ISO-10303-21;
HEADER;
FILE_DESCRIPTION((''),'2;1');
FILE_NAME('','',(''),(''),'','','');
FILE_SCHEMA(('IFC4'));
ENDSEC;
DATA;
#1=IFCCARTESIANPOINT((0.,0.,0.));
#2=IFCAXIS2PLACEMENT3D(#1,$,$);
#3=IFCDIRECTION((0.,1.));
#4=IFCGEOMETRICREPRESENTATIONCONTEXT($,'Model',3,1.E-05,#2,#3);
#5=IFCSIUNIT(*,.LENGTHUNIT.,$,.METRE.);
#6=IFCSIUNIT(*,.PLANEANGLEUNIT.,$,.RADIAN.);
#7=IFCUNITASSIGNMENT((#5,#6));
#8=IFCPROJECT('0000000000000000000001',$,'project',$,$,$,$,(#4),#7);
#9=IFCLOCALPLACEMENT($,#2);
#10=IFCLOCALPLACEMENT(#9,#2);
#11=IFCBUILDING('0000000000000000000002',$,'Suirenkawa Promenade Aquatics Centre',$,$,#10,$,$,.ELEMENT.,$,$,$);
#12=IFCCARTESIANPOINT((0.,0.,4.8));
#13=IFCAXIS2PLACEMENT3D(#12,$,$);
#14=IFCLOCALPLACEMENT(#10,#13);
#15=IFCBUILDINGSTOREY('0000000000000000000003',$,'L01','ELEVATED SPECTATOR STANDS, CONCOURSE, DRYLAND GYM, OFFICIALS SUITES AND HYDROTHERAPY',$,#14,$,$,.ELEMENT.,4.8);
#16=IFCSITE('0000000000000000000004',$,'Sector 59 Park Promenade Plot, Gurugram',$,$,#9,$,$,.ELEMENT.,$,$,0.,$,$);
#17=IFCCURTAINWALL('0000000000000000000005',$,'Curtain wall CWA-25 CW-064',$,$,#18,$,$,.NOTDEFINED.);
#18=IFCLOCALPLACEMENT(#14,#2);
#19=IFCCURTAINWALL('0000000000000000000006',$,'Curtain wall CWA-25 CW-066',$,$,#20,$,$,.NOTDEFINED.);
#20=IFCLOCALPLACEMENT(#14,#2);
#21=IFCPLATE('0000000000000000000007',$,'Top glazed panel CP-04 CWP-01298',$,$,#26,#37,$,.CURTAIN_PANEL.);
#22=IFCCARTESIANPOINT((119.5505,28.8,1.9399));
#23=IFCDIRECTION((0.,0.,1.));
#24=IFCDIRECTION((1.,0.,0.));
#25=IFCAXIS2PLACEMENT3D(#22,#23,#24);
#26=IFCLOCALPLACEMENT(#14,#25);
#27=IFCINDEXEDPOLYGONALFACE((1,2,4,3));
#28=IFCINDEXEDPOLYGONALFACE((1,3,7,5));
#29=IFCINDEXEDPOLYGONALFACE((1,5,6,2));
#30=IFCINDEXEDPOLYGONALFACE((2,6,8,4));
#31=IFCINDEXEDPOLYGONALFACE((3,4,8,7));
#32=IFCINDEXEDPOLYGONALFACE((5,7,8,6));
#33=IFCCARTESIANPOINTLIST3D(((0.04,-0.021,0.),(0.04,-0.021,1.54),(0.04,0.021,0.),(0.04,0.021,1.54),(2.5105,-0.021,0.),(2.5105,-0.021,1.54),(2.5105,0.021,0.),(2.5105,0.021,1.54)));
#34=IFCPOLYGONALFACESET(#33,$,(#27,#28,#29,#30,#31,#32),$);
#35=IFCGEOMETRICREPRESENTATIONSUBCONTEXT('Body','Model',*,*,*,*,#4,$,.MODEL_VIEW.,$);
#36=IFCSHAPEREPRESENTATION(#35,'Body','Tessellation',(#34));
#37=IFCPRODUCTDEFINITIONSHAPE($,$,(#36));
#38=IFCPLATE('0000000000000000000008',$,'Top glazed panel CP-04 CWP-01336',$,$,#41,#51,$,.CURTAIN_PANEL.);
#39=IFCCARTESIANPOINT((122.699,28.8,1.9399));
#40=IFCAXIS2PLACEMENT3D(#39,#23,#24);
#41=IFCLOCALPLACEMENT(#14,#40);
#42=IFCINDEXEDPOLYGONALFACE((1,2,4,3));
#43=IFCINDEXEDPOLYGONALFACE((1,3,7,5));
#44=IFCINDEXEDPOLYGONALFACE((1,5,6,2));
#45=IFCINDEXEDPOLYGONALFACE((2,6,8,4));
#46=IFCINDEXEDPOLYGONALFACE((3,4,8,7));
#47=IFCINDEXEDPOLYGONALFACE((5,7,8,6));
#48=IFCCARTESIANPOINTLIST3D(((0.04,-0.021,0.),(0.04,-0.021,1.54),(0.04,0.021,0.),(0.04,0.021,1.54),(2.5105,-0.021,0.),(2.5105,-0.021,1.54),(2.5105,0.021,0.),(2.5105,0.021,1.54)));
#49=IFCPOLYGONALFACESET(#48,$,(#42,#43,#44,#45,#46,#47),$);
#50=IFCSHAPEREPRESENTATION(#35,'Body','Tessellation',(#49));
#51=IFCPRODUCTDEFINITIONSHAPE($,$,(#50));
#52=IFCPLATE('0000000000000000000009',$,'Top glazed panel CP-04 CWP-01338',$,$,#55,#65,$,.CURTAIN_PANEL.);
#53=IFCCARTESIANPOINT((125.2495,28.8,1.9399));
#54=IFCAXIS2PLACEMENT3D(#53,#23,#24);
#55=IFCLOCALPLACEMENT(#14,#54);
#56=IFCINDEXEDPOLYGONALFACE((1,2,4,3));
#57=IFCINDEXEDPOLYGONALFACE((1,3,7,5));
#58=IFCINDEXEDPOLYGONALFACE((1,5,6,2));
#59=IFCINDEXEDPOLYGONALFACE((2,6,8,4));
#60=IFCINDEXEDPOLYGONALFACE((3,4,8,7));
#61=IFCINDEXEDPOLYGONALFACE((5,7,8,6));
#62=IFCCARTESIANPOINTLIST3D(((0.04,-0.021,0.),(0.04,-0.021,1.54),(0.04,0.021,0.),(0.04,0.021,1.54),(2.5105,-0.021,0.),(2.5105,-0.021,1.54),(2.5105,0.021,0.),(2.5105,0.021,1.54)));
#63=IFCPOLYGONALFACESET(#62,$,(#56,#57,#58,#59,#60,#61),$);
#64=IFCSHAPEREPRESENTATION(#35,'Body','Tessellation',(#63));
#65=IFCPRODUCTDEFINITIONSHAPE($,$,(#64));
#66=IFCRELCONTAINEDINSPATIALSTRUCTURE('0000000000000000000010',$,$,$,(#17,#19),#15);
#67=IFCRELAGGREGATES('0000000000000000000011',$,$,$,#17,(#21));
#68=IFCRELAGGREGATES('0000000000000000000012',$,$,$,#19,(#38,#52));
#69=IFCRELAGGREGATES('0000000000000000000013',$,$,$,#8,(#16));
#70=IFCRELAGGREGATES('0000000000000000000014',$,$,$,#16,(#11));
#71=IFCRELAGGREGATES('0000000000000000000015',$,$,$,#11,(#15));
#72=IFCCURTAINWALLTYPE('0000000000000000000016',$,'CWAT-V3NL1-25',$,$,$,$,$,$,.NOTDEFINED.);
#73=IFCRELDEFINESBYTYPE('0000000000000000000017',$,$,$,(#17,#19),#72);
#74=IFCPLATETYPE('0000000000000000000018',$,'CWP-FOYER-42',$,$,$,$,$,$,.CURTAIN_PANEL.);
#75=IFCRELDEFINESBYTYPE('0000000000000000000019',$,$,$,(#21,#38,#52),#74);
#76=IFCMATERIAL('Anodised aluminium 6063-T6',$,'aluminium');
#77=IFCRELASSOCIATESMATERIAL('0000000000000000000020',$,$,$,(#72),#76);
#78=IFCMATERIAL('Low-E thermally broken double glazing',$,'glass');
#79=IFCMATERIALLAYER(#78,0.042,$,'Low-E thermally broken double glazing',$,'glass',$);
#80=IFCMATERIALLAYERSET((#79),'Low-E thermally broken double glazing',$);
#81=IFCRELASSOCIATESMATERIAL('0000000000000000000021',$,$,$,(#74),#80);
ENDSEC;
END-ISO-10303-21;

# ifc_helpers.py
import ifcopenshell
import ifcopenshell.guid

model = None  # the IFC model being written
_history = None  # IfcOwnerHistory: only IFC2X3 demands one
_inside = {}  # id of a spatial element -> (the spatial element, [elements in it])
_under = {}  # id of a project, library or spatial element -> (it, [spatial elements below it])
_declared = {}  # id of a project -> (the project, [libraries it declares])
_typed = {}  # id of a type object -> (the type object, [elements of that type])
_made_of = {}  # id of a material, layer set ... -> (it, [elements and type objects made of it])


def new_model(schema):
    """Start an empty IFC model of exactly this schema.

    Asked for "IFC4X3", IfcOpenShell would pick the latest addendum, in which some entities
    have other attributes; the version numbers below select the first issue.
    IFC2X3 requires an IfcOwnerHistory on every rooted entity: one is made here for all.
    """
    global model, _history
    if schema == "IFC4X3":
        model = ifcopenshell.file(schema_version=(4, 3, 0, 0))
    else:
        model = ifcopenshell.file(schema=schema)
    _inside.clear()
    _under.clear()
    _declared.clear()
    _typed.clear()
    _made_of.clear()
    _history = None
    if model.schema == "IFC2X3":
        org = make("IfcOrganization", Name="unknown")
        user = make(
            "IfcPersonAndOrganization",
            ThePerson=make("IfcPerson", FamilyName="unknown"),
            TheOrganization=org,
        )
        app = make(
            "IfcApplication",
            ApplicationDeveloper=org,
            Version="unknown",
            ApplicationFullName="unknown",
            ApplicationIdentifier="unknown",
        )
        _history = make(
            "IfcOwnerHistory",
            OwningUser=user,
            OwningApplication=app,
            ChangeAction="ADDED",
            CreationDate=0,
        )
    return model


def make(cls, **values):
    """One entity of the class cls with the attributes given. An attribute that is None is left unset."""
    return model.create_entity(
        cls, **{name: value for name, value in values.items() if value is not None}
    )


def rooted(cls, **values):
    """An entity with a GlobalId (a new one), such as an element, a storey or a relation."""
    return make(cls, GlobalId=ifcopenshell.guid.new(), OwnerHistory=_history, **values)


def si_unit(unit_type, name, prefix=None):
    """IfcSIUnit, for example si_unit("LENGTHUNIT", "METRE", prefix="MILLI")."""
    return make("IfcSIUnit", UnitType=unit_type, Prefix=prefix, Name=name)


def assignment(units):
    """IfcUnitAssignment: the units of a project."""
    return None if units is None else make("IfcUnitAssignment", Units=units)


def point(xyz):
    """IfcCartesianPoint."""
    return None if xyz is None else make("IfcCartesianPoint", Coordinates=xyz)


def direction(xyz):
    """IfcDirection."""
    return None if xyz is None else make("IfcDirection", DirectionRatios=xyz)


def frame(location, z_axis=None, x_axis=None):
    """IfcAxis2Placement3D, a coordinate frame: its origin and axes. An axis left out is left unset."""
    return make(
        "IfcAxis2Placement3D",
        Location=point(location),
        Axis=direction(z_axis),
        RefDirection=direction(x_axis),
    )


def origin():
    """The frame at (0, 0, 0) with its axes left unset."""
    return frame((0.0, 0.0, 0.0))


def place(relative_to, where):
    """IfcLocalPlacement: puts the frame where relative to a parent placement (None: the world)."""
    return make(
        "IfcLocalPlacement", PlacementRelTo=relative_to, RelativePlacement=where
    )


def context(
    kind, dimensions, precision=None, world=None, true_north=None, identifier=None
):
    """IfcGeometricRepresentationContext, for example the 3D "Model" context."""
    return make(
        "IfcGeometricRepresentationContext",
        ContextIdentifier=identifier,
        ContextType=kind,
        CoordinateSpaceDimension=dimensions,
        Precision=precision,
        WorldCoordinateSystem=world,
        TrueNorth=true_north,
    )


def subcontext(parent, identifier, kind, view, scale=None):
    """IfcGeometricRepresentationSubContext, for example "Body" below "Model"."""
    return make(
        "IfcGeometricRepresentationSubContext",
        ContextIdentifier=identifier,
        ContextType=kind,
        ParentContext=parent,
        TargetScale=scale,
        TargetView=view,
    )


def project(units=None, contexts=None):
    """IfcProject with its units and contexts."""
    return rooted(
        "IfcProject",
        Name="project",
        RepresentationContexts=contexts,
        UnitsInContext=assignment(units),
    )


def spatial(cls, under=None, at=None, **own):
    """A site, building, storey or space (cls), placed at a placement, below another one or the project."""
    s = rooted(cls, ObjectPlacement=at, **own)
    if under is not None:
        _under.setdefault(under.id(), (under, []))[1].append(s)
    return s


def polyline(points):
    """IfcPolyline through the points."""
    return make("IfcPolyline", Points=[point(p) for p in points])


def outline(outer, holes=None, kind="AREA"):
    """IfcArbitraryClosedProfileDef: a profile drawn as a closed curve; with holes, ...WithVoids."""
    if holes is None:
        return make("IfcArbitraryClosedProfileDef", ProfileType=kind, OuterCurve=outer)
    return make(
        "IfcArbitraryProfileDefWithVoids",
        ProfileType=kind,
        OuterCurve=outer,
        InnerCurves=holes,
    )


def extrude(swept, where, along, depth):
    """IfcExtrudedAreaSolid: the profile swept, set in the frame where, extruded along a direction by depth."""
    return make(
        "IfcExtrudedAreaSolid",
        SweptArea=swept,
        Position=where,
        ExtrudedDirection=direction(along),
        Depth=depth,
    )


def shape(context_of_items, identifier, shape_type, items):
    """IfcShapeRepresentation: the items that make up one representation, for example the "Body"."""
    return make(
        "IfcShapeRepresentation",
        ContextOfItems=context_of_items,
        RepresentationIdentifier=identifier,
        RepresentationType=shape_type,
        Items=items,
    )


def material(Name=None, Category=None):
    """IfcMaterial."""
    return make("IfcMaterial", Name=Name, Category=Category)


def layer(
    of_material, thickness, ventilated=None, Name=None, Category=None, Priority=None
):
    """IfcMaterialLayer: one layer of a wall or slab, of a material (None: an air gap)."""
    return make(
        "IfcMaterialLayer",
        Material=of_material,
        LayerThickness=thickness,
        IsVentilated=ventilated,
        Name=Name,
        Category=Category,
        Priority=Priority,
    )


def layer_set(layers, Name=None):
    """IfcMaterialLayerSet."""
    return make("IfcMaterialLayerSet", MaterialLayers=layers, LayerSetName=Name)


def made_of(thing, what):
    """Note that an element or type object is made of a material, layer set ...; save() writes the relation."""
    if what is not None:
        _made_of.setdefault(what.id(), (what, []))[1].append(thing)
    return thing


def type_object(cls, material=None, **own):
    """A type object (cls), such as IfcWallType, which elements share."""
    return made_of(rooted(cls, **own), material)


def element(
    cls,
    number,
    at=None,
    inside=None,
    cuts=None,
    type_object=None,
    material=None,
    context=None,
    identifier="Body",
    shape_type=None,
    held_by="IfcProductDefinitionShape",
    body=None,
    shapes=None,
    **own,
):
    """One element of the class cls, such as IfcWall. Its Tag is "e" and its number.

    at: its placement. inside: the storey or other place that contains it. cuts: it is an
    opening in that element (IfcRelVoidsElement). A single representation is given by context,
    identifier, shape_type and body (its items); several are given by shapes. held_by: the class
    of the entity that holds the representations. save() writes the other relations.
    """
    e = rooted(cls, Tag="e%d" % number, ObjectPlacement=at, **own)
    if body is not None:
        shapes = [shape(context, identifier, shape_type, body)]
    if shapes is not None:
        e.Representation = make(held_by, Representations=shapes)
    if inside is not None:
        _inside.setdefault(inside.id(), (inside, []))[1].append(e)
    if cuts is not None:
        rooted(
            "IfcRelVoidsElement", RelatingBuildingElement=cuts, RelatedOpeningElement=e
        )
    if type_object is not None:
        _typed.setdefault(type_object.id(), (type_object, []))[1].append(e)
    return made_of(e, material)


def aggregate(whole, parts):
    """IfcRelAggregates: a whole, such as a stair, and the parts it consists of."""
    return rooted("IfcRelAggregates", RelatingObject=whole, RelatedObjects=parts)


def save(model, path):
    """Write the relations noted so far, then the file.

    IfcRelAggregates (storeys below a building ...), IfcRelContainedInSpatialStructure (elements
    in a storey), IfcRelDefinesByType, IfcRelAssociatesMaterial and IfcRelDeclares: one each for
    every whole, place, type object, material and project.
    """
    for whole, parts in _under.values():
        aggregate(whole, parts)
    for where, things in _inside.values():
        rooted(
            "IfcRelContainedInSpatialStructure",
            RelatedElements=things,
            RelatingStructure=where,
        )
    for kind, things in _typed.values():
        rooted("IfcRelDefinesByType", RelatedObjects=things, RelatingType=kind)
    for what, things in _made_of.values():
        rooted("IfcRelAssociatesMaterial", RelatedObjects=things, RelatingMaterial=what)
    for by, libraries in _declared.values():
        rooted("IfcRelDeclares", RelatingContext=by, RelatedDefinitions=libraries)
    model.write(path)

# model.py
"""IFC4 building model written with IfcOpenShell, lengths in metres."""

from ifc_helpers import new_model, si_unit, direction, frame, origin, place, context, subcontext, project, spatial, polyline, outline, extrude, material, layer, layer_set, type_object, element, aggregate, save


model = new_model("IFC4")

# Units and contexts
model_context = context("Model", 3, precision=1e-05, world=origin(), true_north=direction((0.0, 1.0)))
body_context = subcontext(model_context, "Body", "Model", "MODEL_VIEW")
ifc_project = project(units=[si_unit("LENGTHUNIT", "METRE"), si_unit("PLANEANGLEUNIT", "RADIAN")], contexts=[model_context])

# Site, building, storey
site_placement = place(None, origin())
site = spatial("IfcSite", under=ifc_project, at=site_placement, Name="Sector 59 Park Promenade Plot, Gurugram", CompositionType="ELEMENT", RefElevation=0.0)
building_placement = place(site_placement, origin())
building = spatial("IfcBuilding", under=site, at=building_placement, Name="Suirenkawa Promenade Aquatics Centre", CompositionType="ELEMENT")
storey_placement = place(building_placement, frame((0.0, 0.0, 4.8)))
storey = spatial("IfcBuildingStorey", under=building, at=storey_placement, Name="L01", Description="ELEVATED SPECTATOR STANDS, CONCOURSE, DRYLAND GYM, OFFICIALS SUITES AND HYDROTHERAPY", CompositionType="ELEMENT", Elevation=4.8)

# Curtain wall
ifc_material_1 = material(Name="Anodised aluminium 6063-T6", Category="aluminium")
curtain_wall_type = type_object("IfcCurtainWallType", Name="CWAT-V3NL1-25", PredefinedType="NOTDEFINED", material=ifc_material_1)
curtain_wall_1_placement = place(storey_placement, origin())
curtain_wall_1 = element("IfcCurtainWall", 1, at=curtain_wall_1_placement, inside=storey, type_object=curtain_wall_type, Name="Curtain wall CWA-25 CW-064", PredefinedType="NOTDEFINED")

# Curtain wall
curtain_wall_2_placement = place(storey_placement, origin())
curtain_wall_2 = element("IfcCurtainWall", 2, at=curtain_wall_2_placement, inside=storey, type_object=curtain_wall_type, Name="Curtain wall CWA-25 CW-066", PredefinedType="NOTDEFINED")

# Plates
ifc_material_2 = material(Name="Low-E thermally broken double glazing", Category="glass")
ifc_layer_1 = layer(ifc_material_2, 0.042, Name="Low-E thermally broken double glazing", Category="glass")
ifc_layer_set_1 = layer_set([ifc_layer_1], Name="Low-E thermally broken double glazing")
plate_type = type_object("IfcPlateType", Name="CWP-FOYER-42", PredefinedType="CURTAIN_PANEL", material=ifc_layer_set_1)
plate_1_placement = place(storey_placement, frame((119.5505, 28.8, 1.9399), z_axis=(0.0, 0.0, 1.0), x_axis=(1.0, 0.0, 0.0)))
plate_1 = element("IfcPlate", 3, at=plate_1_placement, type_object=plate_type, Name="Top glazed panel CP-04 CWP-01298", PredefinedType="CURTAIN_PANEL", context=body_context, shape_type="SweptSolid", body=[
    extrude(outline(polyline([(0.04, 0.0), (2.5105, 0.0), (2.5105, 1.54), (0.04, 1.54), (0.04, 0.0)])), frame((0.0, 0.021, 0.0), z_axis=(0.0, -1.0, 0.0), x_axis=(1.0, 0.0, 0.0)), (0.0, 0.0, 1.0), 0.042),
])
aggregate(curtain_wall_1, [plate_1])
plate_2_placement = place(storey_placement, frame((122.699, 28.8, 1.9399), z_axis=(0.0, 0.0, 1.0), x_axis=(1.0, 0.0, 0.0)))
plate_2 = element("IfcPlate", 4, at=plate_2_placement, type_object=plate_type, Name="Top glazed panel CP-04 CWP-01336", PredefinedType="CURTAIN_PANEL", context=body_context, shape_type="SweptSolid", body=[
    extrude(outline(polyline([(0.04, 0.0), (2.5105, 0.0), (2.5105, 1.54), (0.04, 1.54), (0.04, 0.0)])), frame((0.0, 0.021, 0.0), z_axis=(0.0, -1.0, 0.0), x_axis=(1.0, 0.0, 0.0)), (0.0, 0.0, 1.0), 0.042),
])
plate_3_placement = place(storey_placement, frame((125.2495, 28.8, 1.9399), z_axis=(0.0, 0.0, 1.0), x_axis=(1.0, 0.0, 0.0)))
plate_3 = element("IfcPlate", 5, at=plate_3_placement, type_object=plate_type, Name="Top glazed panel CP-04 CWP-01338", PredefinedType="CURTAIN_PANEL", context=body_context, shape_type="SweptSolid", body=[
    extrude(outline(polyline([(0.04, 0.0), (2.5105, 0.0), (2.5105, 1.54), (0.04, 1.54), (0.04, 0.0)])), frame((0.0, 0.021, 0.0), z_axis=(0.0, -1.0, 0.0), x_axis=(1.0, 0.0, 0.0)), (0.0, 0.0, 1.0), 0.042),
])
aggregate(curtain_wall_2, [plate_2, plate_3])

save(model, "model.ifc")
